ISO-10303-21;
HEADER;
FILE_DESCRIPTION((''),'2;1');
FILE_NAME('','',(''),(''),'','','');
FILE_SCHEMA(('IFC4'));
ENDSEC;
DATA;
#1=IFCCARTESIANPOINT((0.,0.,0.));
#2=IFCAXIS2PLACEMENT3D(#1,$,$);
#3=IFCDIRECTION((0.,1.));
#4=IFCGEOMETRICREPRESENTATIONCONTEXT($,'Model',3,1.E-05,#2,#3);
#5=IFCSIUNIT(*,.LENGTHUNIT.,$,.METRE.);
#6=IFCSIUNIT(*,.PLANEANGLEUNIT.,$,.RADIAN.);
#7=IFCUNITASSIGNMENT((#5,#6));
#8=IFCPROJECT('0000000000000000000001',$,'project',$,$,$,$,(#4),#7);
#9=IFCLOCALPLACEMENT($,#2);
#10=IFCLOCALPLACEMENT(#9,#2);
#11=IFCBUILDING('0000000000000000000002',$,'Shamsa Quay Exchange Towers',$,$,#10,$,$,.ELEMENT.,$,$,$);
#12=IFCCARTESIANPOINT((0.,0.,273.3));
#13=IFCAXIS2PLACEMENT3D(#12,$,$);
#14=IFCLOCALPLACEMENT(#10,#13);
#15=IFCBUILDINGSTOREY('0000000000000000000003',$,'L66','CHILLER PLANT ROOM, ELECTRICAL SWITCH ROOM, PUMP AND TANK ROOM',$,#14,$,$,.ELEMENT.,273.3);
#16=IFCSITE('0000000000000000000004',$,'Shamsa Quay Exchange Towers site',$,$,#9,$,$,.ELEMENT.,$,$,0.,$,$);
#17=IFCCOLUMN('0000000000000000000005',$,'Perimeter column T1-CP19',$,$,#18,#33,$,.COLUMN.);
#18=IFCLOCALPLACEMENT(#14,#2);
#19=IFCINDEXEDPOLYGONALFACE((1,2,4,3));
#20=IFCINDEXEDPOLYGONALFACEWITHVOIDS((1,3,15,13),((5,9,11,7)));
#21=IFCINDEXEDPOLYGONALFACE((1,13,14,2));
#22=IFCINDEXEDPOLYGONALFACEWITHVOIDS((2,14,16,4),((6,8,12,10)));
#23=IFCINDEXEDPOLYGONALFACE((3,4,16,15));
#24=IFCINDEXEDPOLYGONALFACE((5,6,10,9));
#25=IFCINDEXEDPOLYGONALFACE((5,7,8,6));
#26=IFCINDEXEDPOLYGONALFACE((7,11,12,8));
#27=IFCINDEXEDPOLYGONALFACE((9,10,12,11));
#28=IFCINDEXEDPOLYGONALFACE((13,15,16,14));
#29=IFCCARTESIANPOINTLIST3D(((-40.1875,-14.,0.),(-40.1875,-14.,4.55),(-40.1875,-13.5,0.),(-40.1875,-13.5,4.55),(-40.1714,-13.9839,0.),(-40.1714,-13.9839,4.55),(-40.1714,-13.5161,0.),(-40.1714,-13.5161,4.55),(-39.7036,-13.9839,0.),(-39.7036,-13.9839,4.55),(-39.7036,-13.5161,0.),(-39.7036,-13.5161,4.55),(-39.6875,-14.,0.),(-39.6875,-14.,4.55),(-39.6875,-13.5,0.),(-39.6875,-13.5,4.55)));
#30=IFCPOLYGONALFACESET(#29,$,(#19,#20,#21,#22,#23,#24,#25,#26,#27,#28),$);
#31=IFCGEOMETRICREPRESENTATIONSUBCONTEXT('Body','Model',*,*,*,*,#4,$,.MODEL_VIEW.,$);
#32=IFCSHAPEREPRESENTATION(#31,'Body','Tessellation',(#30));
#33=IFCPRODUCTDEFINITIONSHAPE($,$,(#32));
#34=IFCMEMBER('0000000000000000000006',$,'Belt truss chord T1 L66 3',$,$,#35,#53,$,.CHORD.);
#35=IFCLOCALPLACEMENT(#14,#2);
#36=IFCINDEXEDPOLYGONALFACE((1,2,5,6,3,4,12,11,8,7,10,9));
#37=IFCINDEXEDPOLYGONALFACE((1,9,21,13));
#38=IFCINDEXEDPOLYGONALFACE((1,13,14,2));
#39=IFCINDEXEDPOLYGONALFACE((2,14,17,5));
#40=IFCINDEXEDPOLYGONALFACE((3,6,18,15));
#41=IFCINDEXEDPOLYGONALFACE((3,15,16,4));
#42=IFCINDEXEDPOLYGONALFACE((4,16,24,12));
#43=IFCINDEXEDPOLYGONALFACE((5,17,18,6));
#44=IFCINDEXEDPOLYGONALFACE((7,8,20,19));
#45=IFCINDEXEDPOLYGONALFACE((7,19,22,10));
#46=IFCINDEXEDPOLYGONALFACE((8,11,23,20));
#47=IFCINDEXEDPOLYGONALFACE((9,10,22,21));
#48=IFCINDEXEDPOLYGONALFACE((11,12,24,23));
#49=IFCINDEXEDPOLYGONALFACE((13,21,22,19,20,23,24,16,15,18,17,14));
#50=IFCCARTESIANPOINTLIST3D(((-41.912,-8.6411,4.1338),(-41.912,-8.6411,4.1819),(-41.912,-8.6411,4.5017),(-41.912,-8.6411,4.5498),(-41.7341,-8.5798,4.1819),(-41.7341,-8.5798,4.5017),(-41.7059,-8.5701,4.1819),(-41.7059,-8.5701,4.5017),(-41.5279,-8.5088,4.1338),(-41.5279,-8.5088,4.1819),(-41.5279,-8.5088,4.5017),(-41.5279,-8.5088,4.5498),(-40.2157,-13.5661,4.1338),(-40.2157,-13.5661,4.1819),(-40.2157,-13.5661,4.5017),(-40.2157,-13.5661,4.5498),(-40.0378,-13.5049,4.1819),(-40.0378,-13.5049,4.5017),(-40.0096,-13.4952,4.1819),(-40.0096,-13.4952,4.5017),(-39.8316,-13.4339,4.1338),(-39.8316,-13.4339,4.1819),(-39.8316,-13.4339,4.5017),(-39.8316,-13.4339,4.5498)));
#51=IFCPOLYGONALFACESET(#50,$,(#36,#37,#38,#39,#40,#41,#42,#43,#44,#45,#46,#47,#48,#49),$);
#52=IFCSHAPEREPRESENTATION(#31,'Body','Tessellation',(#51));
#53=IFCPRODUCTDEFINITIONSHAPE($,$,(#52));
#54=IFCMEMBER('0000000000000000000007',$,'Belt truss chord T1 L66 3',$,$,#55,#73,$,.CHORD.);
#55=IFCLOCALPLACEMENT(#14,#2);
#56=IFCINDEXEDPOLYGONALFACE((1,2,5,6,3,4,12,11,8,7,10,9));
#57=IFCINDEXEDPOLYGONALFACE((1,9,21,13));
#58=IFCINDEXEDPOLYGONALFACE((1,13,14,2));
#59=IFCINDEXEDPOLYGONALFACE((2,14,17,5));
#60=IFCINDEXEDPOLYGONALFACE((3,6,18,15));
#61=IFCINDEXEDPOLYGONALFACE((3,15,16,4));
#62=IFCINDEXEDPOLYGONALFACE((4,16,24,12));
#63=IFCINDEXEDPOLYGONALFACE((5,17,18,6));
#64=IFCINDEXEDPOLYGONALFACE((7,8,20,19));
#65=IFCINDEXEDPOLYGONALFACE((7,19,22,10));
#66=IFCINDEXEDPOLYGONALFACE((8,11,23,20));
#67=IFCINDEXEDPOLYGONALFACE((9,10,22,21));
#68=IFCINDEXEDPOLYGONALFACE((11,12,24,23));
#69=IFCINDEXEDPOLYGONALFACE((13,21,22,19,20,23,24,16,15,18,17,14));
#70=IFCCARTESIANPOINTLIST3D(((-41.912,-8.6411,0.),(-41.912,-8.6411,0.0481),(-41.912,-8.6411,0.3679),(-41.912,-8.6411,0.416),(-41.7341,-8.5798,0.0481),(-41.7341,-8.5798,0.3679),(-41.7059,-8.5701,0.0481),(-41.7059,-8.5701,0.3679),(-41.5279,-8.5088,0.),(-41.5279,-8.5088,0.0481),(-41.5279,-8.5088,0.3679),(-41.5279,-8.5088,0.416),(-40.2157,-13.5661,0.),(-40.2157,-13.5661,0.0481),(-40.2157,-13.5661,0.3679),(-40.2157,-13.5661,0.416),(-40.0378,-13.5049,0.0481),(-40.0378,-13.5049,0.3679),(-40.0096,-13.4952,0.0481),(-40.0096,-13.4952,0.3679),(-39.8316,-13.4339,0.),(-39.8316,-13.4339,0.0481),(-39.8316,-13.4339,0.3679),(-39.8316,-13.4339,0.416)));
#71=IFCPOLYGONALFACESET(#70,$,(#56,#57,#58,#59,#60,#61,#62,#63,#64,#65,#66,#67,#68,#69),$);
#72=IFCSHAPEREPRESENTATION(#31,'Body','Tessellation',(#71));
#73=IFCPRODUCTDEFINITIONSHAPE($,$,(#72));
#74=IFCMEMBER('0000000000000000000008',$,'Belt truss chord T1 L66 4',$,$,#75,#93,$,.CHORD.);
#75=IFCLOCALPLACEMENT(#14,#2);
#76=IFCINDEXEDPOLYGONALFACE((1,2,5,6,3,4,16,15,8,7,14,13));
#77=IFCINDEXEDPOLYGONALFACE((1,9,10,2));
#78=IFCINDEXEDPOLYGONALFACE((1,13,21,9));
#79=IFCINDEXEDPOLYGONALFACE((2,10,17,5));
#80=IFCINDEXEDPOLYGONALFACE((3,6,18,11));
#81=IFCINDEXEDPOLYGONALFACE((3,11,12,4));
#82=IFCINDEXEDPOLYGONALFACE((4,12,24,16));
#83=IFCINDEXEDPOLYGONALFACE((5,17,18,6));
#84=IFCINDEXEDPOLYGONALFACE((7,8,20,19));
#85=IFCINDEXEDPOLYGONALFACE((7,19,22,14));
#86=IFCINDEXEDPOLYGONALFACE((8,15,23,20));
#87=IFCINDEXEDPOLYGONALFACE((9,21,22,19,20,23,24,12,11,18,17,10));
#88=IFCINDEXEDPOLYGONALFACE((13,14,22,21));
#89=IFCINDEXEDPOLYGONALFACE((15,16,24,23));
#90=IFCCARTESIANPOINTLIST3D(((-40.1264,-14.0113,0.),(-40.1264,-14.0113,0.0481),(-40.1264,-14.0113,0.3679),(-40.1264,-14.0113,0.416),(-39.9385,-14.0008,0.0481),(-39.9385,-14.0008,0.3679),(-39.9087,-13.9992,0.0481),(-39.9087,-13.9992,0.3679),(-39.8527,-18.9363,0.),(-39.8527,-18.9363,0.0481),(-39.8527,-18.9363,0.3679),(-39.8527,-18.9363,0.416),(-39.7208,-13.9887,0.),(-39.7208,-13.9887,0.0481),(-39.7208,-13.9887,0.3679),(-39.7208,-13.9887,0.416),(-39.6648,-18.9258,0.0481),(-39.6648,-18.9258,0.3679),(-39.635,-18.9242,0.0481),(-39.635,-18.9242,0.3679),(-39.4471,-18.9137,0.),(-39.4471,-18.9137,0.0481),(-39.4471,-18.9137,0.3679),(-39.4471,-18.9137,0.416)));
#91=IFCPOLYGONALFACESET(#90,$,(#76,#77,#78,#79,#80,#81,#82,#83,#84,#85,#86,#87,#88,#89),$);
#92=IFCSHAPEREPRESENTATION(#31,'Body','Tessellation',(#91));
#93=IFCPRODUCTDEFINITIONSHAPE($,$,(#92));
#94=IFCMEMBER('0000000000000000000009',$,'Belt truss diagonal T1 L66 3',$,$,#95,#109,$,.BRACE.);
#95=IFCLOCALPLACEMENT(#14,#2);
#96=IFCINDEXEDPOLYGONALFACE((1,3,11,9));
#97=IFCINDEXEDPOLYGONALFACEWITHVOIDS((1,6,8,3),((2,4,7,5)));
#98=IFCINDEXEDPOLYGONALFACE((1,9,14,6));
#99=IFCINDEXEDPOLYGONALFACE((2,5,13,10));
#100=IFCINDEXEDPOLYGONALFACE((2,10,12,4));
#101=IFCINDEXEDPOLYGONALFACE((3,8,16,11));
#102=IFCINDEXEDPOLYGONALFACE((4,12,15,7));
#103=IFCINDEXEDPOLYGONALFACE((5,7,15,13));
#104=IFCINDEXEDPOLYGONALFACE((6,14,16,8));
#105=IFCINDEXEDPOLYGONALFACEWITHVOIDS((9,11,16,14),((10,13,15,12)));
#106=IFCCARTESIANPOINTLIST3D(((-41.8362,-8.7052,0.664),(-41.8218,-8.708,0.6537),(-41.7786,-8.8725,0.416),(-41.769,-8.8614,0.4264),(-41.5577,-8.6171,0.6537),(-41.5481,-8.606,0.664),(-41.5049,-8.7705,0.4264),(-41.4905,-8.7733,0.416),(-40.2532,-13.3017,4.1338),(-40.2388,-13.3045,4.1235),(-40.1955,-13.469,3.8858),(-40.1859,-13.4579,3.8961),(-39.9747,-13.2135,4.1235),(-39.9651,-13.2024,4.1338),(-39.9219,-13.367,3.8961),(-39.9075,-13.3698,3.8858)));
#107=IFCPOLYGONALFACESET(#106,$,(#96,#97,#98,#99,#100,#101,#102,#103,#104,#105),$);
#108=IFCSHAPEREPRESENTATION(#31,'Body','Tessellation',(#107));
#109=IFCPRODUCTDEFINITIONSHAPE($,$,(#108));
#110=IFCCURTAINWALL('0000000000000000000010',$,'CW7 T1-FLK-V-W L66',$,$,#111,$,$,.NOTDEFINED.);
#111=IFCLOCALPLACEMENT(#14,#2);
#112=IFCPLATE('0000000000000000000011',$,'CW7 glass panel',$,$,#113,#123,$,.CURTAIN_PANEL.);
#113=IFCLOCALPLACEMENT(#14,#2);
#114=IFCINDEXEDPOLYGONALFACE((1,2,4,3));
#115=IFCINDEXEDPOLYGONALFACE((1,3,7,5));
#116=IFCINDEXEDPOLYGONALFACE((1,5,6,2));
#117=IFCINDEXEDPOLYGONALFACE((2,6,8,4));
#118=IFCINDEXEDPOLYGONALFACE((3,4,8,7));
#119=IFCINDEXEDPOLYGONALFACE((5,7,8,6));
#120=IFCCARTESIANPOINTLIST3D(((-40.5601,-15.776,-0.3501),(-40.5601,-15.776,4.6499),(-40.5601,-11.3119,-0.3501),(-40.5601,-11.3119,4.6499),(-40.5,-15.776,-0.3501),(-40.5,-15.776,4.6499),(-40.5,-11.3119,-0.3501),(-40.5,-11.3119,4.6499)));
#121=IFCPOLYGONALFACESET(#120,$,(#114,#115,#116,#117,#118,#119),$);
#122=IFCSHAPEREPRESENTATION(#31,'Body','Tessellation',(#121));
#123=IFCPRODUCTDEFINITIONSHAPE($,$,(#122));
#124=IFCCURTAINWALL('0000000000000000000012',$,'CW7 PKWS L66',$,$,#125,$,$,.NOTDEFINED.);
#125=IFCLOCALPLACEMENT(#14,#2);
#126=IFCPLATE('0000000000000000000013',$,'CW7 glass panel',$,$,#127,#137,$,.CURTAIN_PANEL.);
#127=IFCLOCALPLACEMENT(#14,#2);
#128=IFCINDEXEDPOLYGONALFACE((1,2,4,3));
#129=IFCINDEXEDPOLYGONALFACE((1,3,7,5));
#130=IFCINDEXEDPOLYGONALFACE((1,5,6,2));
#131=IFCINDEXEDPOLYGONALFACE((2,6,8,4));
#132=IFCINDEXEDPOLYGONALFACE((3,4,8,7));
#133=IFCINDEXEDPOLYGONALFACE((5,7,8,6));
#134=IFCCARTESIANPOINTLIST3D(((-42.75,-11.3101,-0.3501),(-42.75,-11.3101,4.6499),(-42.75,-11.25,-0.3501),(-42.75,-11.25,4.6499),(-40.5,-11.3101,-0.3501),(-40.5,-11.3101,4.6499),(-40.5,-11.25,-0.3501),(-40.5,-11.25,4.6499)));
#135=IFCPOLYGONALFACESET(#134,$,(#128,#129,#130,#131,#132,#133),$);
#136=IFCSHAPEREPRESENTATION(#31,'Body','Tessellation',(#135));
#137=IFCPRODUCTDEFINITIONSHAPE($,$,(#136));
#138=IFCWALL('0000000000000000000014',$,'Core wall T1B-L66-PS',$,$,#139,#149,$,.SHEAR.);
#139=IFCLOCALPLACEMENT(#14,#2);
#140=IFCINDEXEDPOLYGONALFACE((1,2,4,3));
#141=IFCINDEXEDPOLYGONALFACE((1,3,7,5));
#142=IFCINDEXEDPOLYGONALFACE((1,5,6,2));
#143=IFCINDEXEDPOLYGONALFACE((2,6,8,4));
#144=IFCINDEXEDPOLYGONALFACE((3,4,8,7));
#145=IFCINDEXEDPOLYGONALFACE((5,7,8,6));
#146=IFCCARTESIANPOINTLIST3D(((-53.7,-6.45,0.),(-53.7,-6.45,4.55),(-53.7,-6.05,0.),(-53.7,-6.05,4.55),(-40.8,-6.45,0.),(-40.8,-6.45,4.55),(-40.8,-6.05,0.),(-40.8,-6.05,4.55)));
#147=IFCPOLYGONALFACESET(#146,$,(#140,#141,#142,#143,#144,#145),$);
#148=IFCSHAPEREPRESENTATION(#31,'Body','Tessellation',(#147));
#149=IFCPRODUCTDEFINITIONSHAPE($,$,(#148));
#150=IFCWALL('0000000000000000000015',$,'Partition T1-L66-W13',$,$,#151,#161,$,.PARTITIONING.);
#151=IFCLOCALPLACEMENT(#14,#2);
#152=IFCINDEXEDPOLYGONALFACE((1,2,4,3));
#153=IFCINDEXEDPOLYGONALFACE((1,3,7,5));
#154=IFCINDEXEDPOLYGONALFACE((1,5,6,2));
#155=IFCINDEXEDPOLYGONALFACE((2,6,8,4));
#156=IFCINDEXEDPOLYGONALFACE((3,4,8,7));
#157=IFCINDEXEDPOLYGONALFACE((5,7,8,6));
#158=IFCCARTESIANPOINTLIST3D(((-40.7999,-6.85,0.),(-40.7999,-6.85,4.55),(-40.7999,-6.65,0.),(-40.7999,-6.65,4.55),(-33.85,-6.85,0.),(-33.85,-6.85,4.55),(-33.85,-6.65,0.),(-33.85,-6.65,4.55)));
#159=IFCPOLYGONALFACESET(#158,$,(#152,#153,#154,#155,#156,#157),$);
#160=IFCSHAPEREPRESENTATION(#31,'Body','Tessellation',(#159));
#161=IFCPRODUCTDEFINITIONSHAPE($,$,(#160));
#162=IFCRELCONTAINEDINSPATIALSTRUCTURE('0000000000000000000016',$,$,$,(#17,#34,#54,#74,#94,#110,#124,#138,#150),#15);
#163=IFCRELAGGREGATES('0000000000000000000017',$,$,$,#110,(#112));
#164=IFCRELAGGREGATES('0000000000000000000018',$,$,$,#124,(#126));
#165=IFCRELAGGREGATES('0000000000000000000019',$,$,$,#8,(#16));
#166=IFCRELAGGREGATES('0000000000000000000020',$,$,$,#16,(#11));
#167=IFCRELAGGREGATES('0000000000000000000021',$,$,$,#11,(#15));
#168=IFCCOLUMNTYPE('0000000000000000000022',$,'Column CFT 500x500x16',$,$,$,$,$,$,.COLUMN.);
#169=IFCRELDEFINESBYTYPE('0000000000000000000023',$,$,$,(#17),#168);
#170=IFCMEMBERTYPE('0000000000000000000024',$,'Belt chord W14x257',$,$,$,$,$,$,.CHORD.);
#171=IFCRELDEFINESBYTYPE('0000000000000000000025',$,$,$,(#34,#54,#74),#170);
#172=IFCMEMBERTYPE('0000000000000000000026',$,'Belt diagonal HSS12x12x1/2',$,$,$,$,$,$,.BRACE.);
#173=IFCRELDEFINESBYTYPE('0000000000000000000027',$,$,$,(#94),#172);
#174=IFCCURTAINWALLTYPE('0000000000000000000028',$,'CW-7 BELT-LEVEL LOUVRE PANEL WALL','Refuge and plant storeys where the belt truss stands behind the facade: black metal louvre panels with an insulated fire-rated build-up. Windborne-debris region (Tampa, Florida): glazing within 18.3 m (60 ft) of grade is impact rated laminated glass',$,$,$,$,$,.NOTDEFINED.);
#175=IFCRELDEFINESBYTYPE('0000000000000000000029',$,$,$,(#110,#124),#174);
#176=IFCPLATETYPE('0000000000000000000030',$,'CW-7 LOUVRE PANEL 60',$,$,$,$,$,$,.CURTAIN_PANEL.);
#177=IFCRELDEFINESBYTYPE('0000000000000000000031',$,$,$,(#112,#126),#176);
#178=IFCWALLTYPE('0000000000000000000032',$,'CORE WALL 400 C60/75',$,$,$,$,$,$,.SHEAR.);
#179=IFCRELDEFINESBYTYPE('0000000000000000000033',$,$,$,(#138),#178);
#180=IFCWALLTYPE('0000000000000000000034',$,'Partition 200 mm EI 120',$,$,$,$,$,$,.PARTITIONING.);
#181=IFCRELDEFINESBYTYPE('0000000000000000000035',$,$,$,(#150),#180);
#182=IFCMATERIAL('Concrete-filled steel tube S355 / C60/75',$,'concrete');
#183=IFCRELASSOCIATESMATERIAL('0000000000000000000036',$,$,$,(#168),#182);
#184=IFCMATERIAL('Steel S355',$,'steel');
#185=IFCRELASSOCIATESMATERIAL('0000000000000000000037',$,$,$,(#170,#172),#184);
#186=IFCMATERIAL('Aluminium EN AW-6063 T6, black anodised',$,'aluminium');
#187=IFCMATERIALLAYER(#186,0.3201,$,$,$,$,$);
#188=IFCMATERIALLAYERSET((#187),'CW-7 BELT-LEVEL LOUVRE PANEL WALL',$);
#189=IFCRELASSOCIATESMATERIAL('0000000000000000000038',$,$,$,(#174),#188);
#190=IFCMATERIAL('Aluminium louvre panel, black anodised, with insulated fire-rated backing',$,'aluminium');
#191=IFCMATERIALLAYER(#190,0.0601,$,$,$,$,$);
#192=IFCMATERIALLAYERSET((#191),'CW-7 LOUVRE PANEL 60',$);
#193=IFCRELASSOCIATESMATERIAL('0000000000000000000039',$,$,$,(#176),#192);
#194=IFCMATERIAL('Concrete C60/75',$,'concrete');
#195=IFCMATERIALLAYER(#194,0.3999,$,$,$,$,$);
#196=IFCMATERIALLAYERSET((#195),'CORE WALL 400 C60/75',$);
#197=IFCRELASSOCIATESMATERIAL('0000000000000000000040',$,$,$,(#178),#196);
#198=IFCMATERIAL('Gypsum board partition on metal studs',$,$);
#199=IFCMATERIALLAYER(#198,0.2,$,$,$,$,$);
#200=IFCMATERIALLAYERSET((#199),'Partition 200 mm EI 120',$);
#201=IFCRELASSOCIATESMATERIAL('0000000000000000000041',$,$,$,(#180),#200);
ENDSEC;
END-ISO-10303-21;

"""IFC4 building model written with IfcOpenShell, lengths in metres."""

from ifc_helpers import new_model, si_unit, direction, frame, frame_2d, origin, origin_2d, place, context, subcontext, project, spatial, rectangle, hollow_rectangle, i_section, extrude, material, layer, layer_set, material_profile, profile_set, type_object, element, aggregate, save


model = new_model("IFC4")

# Units and contexts
model_context = context("Model", 3, precision=1e-05, world=origin(), true_north=direction((0.0, 1.0)))
body_context = subcontext(model_context, "Body", "Model", "MODEL_VIEW")
ifc_project = project(units=[si_unit("LENGTHUNIT", "METRE"), si_unit("PLANEANGLEUNIT", "RADIAN")], contexts=[model_context])

# Site, building, storey
site_placement = place(None, origin())
site = spatial("IfcSite", under=ifc_project, at=site_placement, Name="Shamsa Quay Exchange Towers site", CompositionType="ELEMENT", RefElevation=0.0)
building_placement = place(site_placement, origin())
building = spatial("IfcBuilding", under=site, at=building_placement, Name="Shamsa Quay Exchange Towers", CompositionType="ELEMENT")
storey_placement = place(building_placement, frame((0.0, 0.0, 273.3)))
storey = spatial("IfcBuildingStorey", under=building, at=storey_placement, Name="L66", Description="CHILLER PLANT ROOM, ELECTRICAL SWITCH ROOM, PUMP AND TANK ROOM", CompositionType="ELEMENT", Elevation=273.3)

# Column
ifc_material_1 = material(Name="Concrete-filled steel tube S355 / C60/75", Category="concrete")
ifc_material_profile_1 = material_profile(ifc_material_1, hollow_rectangle(XDim=0.5, YDim=0.5, WallThickness=0.0161, at=origin_2d()), Name="CFT 500x500x16")
ifc_profile_set_1 = profile_set([ifc_material_profile_1], Name="Concrete-filled steel tube S355 / C60/75")
column_type = type_object("IfcColumnType", Name="Column CFT 500x500x16", PredefinedType="COLUMN", material=ifc_profile_set_1)
column_placement = place(storey_placement, frame((-39.9375, -13.75, 0.0)))
element("IfcColumn", 1, at=column_placement, inside=storey, type_object=column_type, Name="Perimeter column T1-CP19", PredefinedType="COLUMN", context=body_context, shape_type="SweptSolid", body=[
    extrude(hollow_rectangle(XDim=0.5, YDim=0.5, WallThickness=0.0161, at=origin_2d()), origin(), (0.0, 0.0, 1.0), 4.55),
])

# Members
ifc_material_2 = material(Name="Steel S355", Category="steel")
ifc_material_profile_2 = material_profile(ifc_material_2, i_section(OverallWidth=0.4062, OverallDepth=0.416, WebThickness=0.0298, FlangeThickness=0.0481, at=origin_2d()), Name="W14x257")
ifc_profile_set_2 = profile_set([ifc_material_profile_2], Name="Steel S355")
member_type_1 = type_object("IfcMemberType", Name="Belt chord W14x257", PredefinedType="CHORD", material=ifc_profile_set_2)
for number, where, z_axis, x_axis, name in (
    (2, (-41.72, -8.575, 4.3418), (0.325647, -0.945491, 0.0), (0.945491, 0.325647, 0.0), "Belt truss chord T1 L66 3"),
    (3, (-41.72, -8.575, 0.208), (0.325647, -0.945491, 0.0), (0.945491, 0.325647, 0.0), "Belt truss chord T1 L66 3"),
):
    element("IfcMember", number, at=place(storey_placement, frame(where, z_axis=z_axis, x_axis=x_axis)), inside=storey, type_object=member_type_1, Name=name, PredefinedType="CHORD", context=body_context, shape_type="SweptSolid", body=[
        extrude(i_section(OverallWidth=0.4062, OverallDepth=0.416, WebThickness=0.0298, FlangeThickness=0.0481, at=origin_2d()), origin(), (0.0, 0.0, 1.0), 5.209),
    ])
member_1_placement = place(storey_placement, frame((-39.9236, -14.0, 0.208), z_axis=(0.055484, -0.99846, 0.0), x_axis=(0.99846, 0.055484, 0.0)))
element("IfcMember", 4, at=member_1_placement, inside=storey, type_object=member_type_1, Name="Belt truss chord T1 L66 4", PredefinedType="CHORD", context=body_context, shape_type="SweptSolid", body=[
    extrude(i_section(OverallWidth=0.4062, OverallDepth=0.416, WebThickness=0.0298, FlangeThickness=0.0481, at=origin_2d()), origin(), (0.0, 0.0, 1.0), 4.9326),
])
ifc_material_profile_3 = material_profile(ifc_material_2, hollow_rectangle(XDim=0.3047, YDim=0.3047, WallThickness=0.0127, at=origin_2d()), Name="HSS12x12x1/2")
ifc_profile_set_3 = profile_set([ifc_material_profile_3], Name="Steel S355")
member_type_2 = type_object("IfcMemberType", Name="Belt diagonal HSS12x12x1/2", PredefinedType="BRACE", material=ifc_profile_set_3)
member_2_placement = place(storey_placement, frame((-41.6633, -8.7393, 0.54), z_axis=(0.265044, -0.769585, 0.580939), x_axis=(0.945498, 0.325628, 0.0)))
element("IfcMember", 5, at=member_2_placement, inside=storey, type_object=member_type_2, Name="Belt truss diagonal T1 L66 3", PredefinedType="BRACE", context=body_context, shape_type="SweptSolid", body=[
    extrude(hollow_rectangle(XDim=0.3047, YDim=0.3047, WallThickness=0.0127, at=origin_2d()), origin(), (0.0, 0.0, 1.0), 5.9727),
])

# Curtain walls, plates
ifc_material_3 = material(Name="Aluminium EN AW-6063 T6, black anodised", Category="aluminium")
ifc_layer_1 = layer(ifc_material_3, 0.3201)
ifc_layer_set_1 = layer_set([ifc_layer_1], Name="CW-7 BELT-LEVEL LOUVRE PANEL WALL")
curtain_wall_type = type_object("IfcCurtainWallType", Name="CW-7 BELT-LEVEL LOUVRE PANEL WALL", Description="Refuge and plant storeys where the belt truss stands behind the facade: black metal louvre panels with an insulated fire-rated build-up. Windborne-debris region (Tampa, Florida): glazing within 18.3 m (60 ft) of grade is impact rated laminated glass", PredefinedType="NOTDEFINED", material=ifc_layer_set_1)
curtain_wall_1_placement = place(storey_placement, origin())
curtain_wall_1 = element("IfcCurtainWall", 6, at=curtain_wall_1_placement, inside=storey, type_object=curtain_wall_type, Name="CW7 T1-FLK-V-W L66", PredefinedType="NOTDEFINED")
ifc_material_4 = material(Name="Aluminium louvre panel, black anodised, with insulated fire-rated backing", Category="aluminium")
ifc_layer_2 = layer(ifc_material_4, 0.0601)
ifc_layer_set_2 = layer_set([ifc_layer_2], Name="CW-7 LOUVRE PANEL 60")
plate_type = type_object("IfcPlateType", Name="CW-7 LOUVRE PANEL 60", PredefinedType="CURTAIN_PANEL", material=ifc_layer_set_2)
plate_1_placement = place(storey_placement, frame((-40.53, -13.5439, -0.3501), z_axis=(0.0, 0.0, 1.0), x_axis=(0.0, -1.0, 0.0)))
plate_1 = element("IfcPlate", 7, at=plate_1_placement, type_object=plate_type, Name="CW7 glass panel", PredefinedType="CURTAIN_PANEL", context=body_context, shape_type="SweptSolid", body=[
    extrude(rectangle(XDim=4.4641, YDim=0.0601, at=origin_2d()), origin(), (0.0, 0.0, 1.0), 5.0),
])
aggregate(curtain_wall_1, [plate_1])
curtain_wall_2_placement = place(storey_placement, origin())
curtain_wall_2 = element("IfcCurtainWall", 8, at=curtain_wall_2_placement, inside=storey, type_object=curtain_wall_type, Name="CW7 PKWS L66", PredefinedType="NOTDEFINED")
plate_2_placement = place(storey_placement, frame((-41.625, -11.28, -0.3501)))
plate_2 = element("IfcPlate", 9, at=plate_2_placement, type_object=plate_type, Name="CW7 glass panel", PredefinedType="CURTAIN_PANEL", context=body_context, shape_type="SweptSolid", body=[
    extrude(rectangle(XDim=2.25, YDim=0.0601, at=origin_2d()), origin(), (0.0, 0.0, 1.0), 5.0),
])
aggregate(curtain_wall_2, [plate_2])

# Wall
ifc_material_5 = material(Name="Concrete C60/75", Category="concrete")
ifc_layer_3 = layer(ifc_material_5, 0.3999)
ifc_layer_set_3 = layer_set([ifc_layer_3], Name="CORE WALL 400 C60/75")
wall_type_1 = type_object("IfcWallType", Name="CORE WALL 400 C60/75", PredefinedType="SHEAR", material=ifc_layer_set_3)
wall_1_placement = place(storey_placement, frame((-40.8, -6.25, 0.0), z_axis=(0.0, 0.0, 1.0), x_axis=(-1.0, 0.0, 0.0)))
element("IfcWall", 10, at=wall_1_placement, inside=storey, type_object=wall_type_1, Name="Core wall T1B-L66-PS", PredefinedType="SHEAR", context=body_context, shape_type="SweptSolid", body=[
    extrude(rectangle(XDim=12.8999, YDim=0.3999, at=frame_2d((6.45, 0.0))), origin(), (0.0, 0.0, 1.0), 4.55),
])

# Wall
ifc_material_6 = material(Name="Gypsum board partition on metal studs")
ifc_layer_4 = layer(ifc_material_6, 0.2)
ifc_layer_set_4 = layer_set([ifc_layer_4], Name="Partition 200 mm EI 120")
wall_type_2 = type_object("IfcWallType", Name="Partition 200 mm EI 120", PredefinedType="PARTITIONING", material=ifc_layer_set_4)
wall_2_placement = place(storey_placement, frame((-40.8, -6.75, 0.0)))
element("IfcWall", 11, at=wall_2_placement, inside=storey, type_object=wall_type_2, Name="Partition T1-L66-W13", PredefinedType="PARTITIONING", context=body_context, shape_type="SweptSolid", body=[
    extrude(rectangle(XDim=6.95, YDim=0.2, at=frame_2d((3.4751, 0.0))), origin(), (0.0, 0.0, 1.0), 4.55),
])

save(model, "model.ifc")
